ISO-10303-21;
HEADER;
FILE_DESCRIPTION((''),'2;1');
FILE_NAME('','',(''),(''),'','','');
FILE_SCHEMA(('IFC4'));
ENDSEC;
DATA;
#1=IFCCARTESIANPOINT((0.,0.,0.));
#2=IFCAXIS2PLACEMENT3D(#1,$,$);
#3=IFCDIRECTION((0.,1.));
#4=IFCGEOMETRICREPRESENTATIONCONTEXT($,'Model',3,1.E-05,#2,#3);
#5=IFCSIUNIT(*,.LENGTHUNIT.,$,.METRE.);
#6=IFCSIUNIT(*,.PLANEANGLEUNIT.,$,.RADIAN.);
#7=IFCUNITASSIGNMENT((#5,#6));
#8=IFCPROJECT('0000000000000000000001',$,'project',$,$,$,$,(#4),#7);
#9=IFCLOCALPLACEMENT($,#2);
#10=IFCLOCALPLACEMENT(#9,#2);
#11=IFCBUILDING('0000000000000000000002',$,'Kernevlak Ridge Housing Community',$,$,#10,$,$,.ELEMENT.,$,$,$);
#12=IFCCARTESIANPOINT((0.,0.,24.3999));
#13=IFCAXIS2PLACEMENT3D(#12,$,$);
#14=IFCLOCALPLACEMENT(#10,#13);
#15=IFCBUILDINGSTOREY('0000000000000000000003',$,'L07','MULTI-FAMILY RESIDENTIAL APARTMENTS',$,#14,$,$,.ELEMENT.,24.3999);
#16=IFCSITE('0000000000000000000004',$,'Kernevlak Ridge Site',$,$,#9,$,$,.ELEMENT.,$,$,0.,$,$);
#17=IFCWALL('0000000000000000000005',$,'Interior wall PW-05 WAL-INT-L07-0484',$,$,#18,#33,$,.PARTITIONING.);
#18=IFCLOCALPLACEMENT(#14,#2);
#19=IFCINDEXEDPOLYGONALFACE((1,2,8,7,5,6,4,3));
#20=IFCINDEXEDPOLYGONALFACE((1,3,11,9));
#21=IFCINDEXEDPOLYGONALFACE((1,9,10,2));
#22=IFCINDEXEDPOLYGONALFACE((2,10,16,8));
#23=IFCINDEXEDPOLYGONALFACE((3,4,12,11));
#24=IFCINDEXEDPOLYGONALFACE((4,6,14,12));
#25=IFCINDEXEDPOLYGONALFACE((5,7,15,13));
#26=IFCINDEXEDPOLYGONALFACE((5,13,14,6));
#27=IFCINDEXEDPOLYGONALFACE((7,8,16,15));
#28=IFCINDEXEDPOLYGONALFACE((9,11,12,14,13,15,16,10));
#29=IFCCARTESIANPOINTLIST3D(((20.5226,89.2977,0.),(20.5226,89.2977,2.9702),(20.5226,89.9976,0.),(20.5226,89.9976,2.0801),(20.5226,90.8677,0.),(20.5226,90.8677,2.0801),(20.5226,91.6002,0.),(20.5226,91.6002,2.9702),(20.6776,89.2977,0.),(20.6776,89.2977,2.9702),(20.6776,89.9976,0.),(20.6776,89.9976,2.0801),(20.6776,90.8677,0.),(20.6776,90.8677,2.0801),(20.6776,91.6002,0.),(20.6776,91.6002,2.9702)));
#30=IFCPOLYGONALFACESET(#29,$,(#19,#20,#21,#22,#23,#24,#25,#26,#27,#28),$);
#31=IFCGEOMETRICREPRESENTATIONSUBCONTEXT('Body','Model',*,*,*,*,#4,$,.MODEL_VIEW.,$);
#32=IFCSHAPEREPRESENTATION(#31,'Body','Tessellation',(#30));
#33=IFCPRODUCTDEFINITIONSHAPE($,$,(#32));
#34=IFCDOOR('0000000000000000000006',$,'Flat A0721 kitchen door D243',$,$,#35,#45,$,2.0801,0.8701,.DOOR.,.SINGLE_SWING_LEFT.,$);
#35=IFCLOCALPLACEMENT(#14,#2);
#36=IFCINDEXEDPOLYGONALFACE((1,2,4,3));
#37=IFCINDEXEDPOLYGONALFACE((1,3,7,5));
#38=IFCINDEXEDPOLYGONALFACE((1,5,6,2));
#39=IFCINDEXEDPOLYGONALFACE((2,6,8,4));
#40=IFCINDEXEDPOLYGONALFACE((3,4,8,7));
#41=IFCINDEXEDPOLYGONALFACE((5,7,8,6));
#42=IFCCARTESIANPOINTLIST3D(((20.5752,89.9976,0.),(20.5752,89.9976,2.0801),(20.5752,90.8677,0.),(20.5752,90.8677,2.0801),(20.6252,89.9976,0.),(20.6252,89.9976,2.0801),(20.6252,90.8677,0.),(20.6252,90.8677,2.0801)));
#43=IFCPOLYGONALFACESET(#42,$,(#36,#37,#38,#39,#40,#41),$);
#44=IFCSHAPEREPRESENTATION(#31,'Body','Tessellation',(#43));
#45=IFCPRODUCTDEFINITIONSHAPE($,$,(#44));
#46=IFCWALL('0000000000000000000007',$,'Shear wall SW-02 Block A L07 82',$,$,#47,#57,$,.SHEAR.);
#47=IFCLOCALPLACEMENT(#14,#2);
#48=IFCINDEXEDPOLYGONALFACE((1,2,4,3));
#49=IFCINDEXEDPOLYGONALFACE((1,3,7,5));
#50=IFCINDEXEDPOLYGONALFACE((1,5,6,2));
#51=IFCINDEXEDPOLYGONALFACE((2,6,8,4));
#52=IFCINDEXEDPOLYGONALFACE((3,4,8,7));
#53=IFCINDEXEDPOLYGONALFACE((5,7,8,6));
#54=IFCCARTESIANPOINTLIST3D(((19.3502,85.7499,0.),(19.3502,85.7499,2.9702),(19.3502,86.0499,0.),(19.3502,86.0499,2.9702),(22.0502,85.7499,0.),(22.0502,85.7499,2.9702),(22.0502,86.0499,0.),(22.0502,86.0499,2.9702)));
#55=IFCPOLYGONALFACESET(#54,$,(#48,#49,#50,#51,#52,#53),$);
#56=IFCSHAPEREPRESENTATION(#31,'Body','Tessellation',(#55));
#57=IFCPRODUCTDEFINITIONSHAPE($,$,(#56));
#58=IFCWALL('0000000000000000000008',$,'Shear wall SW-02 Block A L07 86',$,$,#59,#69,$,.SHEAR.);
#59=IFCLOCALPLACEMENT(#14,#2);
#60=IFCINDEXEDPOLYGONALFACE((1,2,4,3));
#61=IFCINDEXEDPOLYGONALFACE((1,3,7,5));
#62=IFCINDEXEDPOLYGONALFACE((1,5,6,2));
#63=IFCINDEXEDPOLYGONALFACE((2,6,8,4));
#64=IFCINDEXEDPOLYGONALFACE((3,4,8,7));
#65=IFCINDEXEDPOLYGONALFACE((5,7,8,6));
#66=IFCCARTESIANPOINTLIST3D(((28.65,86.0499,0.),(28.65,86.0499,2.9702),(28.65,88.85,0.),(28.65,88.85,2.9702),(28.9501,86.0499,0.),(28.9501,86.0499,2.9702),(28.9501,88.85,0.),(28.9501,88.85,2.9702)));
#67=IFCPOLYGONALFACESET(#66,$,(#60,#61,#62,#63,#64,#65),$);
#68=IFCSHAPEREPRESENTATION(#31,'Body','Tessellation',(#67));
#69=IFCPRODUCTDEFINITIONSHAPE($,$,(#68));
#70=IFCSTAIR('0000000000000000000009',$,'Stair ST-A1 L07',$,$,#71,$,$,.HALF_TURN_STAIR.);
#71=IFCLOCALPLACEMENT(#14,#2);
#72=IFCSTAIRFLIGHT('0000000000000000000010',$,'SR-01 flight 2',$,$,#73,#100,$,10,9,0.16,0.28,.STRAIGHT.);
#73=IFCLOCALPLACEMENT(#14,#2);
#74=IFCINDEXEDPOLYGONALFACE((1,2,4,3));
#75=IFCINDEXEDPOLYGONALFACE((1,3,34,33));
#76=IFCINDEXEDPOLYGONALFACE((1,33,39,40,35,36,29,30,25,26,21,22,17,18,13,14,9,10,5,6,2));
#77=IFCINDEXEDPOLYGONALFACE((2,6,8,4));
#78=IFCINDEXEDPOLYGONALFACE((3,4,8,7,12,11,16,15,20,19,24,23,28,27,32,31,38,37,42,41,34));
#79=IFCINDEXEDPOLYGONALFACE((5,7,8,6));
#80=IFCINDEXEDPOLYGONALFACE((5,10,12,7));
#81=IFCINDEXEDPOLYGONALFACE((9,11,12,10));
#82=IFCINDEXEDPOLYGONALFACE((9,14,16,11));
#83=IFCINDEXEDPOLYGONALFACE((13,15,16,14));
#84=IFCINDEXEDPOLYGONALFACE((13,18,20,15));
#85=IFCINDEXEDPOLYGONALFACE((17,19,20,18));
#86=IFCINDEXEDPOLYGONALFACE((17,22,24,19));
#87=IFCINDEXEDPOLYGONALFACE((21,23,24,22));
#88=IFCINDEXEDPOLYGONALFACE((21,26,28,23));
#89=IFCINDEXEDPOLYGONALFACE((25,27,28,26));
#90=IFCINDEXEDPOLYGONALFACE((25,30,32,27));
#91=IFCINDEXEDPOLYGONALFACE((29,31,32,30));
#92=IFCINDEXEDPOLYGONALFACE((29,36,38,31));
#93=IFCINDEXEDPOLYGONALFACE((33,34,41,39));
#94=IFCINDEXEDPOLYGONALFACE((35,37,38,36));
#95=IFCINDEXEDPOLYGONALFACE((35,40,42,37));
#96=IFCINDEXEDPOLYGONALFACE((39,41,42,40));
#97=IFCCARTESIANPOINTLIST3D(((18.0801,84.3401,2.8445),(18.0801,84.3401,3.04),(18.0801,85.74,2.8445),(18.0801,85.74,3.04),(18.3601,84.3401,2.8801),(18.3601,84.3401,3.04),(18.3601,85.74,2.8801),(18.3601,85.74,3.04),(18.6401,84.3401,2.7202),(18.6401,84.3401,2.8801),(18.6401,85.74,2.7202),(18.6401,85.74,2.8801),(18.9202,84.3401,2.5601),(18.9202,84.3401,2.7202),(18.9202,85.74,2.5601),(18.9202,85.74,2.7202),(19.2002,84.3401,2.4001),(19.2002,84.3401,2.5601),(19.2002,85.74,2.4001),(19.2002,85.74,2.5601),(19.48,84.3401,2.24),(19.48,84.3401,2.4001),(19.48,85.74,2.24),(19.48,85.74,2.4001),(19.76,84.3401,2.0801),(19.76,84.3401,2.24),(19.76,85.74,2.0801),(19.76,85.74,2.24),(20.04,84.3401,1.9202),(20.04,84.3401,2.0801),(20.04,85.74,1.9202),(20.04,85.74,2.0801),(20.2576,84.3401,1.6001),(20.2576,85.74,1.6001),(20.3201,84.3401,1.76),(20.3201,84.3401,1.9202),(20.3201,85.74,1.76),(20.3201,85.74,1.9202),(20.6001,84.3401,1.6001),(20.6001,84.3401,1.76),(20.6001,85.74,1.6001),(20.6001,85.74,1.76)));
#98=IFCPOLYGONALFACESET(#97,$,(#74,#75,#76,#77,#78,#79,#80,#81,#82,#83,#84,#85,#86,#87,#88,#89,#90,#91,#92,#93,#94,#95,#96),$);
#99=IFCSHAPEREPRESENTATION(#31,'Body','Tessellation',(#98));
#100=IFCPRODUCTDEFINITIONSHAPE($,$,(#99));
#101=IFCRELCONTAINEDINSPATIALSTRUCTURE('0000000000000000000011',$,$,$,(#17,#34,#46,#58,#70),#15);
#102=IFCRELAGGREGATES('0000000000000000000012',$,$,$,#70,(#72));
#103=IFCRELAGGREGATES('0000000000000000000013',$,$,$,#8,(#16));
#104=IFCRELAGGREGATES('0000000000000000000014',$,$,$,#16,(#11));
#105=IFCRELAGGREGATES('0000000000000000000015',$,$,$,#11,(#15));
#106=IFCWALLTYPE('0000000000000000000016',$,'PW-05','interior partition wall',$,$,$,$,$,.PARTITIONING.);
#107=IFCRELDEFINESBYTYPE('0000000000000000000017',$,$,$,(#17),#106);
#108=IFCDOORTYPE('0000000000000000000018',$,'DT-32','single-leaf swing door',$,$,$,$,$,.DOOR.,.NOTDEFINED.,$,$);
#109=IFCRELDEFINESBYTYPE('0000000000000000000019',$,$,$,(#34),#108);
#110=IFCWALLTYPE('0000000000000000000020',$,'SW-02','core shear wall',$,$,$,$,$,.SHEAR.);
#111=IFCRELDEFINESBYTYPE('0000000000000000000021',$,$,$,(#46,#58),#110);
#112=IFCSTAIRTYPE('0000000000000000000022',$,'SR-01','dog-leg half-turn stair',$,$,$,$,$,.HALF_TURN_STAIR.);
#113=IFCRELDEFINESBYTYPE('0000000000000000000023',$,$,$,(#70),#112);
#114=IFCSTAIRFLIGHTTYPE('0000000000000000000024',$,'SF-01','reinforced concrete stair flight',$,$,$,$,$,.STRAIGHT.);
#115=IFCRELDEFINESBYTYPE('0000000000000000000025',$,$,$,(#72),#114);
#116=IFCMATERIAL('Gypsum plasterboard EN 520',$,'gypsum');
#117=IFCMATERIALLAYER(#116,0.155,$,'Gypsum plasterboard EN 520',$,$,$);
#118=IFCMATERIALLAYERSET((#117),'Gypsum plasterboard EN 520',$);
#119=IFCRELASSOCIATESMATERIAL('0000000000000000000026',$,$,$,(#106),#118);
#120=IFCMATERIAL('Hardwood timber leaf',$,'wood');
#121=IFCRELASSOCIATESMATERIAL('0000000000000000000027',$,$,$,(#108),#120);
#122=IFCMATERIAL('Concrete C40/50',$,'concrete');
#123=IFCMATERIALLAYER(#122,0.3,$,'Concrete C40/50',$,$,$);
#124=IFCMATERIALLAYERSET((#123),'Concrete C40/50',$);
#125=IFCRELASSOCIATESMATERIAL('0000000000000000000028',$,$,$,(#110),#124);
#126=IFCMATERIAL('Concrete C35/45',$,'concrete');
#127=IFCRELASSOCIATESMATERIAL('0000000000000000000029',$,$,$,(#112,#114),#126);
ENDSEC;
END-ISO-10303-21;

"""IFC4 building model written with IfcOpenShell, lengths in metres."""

from ifc_helpers import new_model, si_unit, direction, frame, frame_2d, origin, place, context, subcontext, project, spatial, polyline, rectangle, outline, extrude, material, layer, layer_set, type_object, element, fill, aggregate, save


model = new_model("IFC4")

# Units and contexts
model_context = context("Model", 3, precision=1e-05, world=origin(), true_north=direction((0.0, 1.0)))
body_context = subcontext(model_context, "Body", "Model", "MODEL_VIEW")
ifc_project = project(units=[si_unit("LENGTHUNIT", "METRE"), si_unit("PLANEANGLEUNIT", "RADIAN")], contexts=[model_context])

# Site, building, storey
site_placement = place(None, origin())
site = spatial("IfcSite", under=ifc_project, at=site_placement, Name="Kernevlak Ridge Site", CompositionType="ELEMENT", RefElevation=0.0)
building_placement = place(site_placement, origin())
building = spatial("IfcBuilding", under=site, at=building_placement, Name="Kernevlak Ridge Housing Community", CompositionType="ELEMENT")
storey_placement = place(building_placement, frame((0.0, 0.0, 24.3999)))
storey = spatial("IfcBuildingStorey", under=building, at=storey_placement, Name="L07", Description="MULTI-FAMILY RESIDENTIAL APARTMENTS", CompositionType="ELEMENT", Elevation=24.3999)

# Shared definitions
ifc_material_1 = material(Name="Concrete C40/50", Category="concrete")

# Shared definitions
ifc_material_2 = material(Name="Concrete C35/45", Category="concrete")

# Wall, opening, door
ifc_material_3 = material(Name="Gypsum plasterboard EN 520", Category="gypsum")
ifc_layer_1 = layer(ifc_material_3, 0.155, Name="Gypsum plasterboard EN 520")
ifc_layer_set_1 = layer_set([ifc_layer_1], Name="Gypsum plasterboard EN 520")
wall_type_1 = type_object("IfcWallType", Name="PW-05", Description="interior partition wall", PredefinedType="PARTITIONING", material=ifc_layer_set_1)
wall_1_placement = place(storey_placement, frame((20.6001, 89.2976, 0.0), z_axis=(0.0, 0.0, 1.0), x_axis=(0.0, 1.0, 0.0)))
wall_1 = element("IfcWall", 1, at=wall_1_placement, inside=storey, type_object=wall_type_1, Name="Interior wall PW-05 WAL-INT-L07-0484", PredefinedType="PARTITIONING", context=body_context, shape_type="SweptSolid", body=[
    extrude(rectangle(XDim=2.3025, YDim=0.155, at=frame_2d((1.1514, 0.0))), origin(), (0.0, 0.0, 1.0), 2.9702),
])
opening_1_placement = place(wall_1_placement, frame((0.7, 0.0, 0.0)))
opening_1 = element("IfcOpeningElement", 2, at=opening_1_placement, cuts=wall_1, PredefinedType="OPENING", context=body_context, shape_type="SweptSolid", body=[
    extrude(rectangle(XDim=0.8701, YDim=2.0801, at=frame_2d((0.4351, 1.04))), frame((0.0, 0.0874, 0.0), z_axis=(0.0, -1.0, 0.0), x_axis=(1.0, 0.0, 0.0)), (0.0, 0.0, 1.0), 0.175),
])
ifc_material_4 = material(Name="Hardwood timber leaf", Category="wood")
door_type_1 = type_object("IfcDoorType", Name="DT-32", Description="single-leaf swing door", OperationType="NOTDEFINED", PredefinedType="DOOR", material=ifc_material_4)
door_1_placement = place(opening_1_placement, origin())
door_1 = element("IfcDoor", 3, at=door_1_placement, inside=storey, type_object=door_type_1, Name="Flat A0721 kitchen door D243", OperationType="SINGLE_SWING_LEFT", OverallHeight=2.0801, OverallWidth=0.8701, PredefinedType="DOOR", context=body_context, shape_type="SweptSolid", body=[
    extrude(rectangle(XDim=0.8701, YDim=2.0801, at=frame_2d((0.4351, 1.04))), frame((0.0, 0.0249, 0.0), z_axis=(0.0, -1.0, 0.0), x_axis=(1.0, 0.0, 0.0)), (0.0, 0.0, 1.0), 0.05),
])
fill(opening_1, door_1)

# Walls
ifc_layer_2 = layer(ifc_material_1, 0.3, Name="Concrete C40/50")
ifc_layer_set_2 = layer_set([ifc_layer_2], Name="Concrete C40/50")
wall_type_2 = type_object("IfcWallType", Name="SW-02", Description="core shear wall", PredefinedType="SHEAR", material=ifc_layer_set_2)
wall_2_placement = place(storey_placement, frame((19.3501, 85.8999, 0.0), z_axis=(0.0, 0.0, 1.0), x_axis=(1.0, 0.0, 0.0)))
element("IfcWall", 4, at=wall_2_placement, inside=storey, type_object=wall_type_2, Name="Shear wall SW-02 Block A L07 82", PredefinedType="SHEAR", context=body_context, shape_type="SweptSolid", body=[
    extrude(rectangle(XDim=2.7, YDim=0.3, at=frame_2d((1.3501, 0.0))), origin(), (0.0, 0.0, 1.0), 2.9702),
])
wall_3_placement = place(storey_placement, frame((28.8, 86.05, 0.0), z_axis=(0.0, 0.0, 1.0), x_axis=(0.0, 1.0, 0.0)))
element("IfcWall", 5, at=wall_3_placement, inside=storey, type_object=wall_type_2, Name="Shear wall SW-02 Block A L07 86", PredefinedType="SHEAR", context=body_context, shape_type="SweptSolid", body=[
    extrude(rectangle(XDim=2.8, YDim=0.3, at=frame_2d((1.3999, 0.0))), origin(), (0.0, 0.0, 1.0), 2.9702),
])

# Stair, stair flight
stair_type = type_object("IfcStairType", Name="SR-01", Description="dog-leg half-turn stair", PredefinedType="HALF_TURN_STAIR", material=ifc_material_2)
stair_placement = place(storey_placement, origin())
stair = element("IfcStair", 6, at=stair_placement, inside=storey, type_object=stair_type, Name="Stair ST-A1 L07", PredefinedType="HALF_TURN_STAIR")
stair_flight_type = type_object("IfcStairFlightType", Name="SF-01", Description="reinforced concrete stair flight", PredefinedType="STRAIGHT", material=ifc_material_2)
stair_flight_placement = place(storey_placement, frame((20.6001, 85.04, 1.6001), z_axis=(0.0, 0.0, 1.0), x_axis=(-1.0, 0.0, 0.0)))
stair_flight = element("IfcStairFlight", 7, at=stair_flight_placement, type_object=stair_flight_type, Name="SR-01 flight 2", NumberOfRisers=10, NumberOfTreads=9, PredefinedType="STRAIGHT", RiserHeight=0.16, TreadLength=0.28, context=body_context, shape_type="SweptSolid", body=[
    extrude(outline(polyline([(0.0, 0.0), (0.0, 0.1599), (0.28, 0.1599), (0.28, 0.3201), (0.5601, 0.3201), (0.5601, 0.48), (0.8401, 0.48), (0.8401, 0.6399), (1.1201, 0.6399), (1.1201, 0.8), (1.3999, 0.8), (1.3999, 0.96), (1.6799, 0.96), (1.6799, 1.1201), (1.96, 1.1201), (1.96, 1.28), (2.24, 1.28), (2.24, 1.4399), (2.52, 1.4399), (2.52, 1.6001), (2.52, 1.2444), (0.3425, 0.0), (0.0, 0.0)])), frame((0.0, 0.7, 0.0), z_axis=(0.0, -1.0, 0.0), x_axis=(1.0, 0.0, 0.0)), (0.0, 0.0, 1.0), 1.3999),
])
aggregate(stair, [stair_flight])

save(model, "model.ifc")
